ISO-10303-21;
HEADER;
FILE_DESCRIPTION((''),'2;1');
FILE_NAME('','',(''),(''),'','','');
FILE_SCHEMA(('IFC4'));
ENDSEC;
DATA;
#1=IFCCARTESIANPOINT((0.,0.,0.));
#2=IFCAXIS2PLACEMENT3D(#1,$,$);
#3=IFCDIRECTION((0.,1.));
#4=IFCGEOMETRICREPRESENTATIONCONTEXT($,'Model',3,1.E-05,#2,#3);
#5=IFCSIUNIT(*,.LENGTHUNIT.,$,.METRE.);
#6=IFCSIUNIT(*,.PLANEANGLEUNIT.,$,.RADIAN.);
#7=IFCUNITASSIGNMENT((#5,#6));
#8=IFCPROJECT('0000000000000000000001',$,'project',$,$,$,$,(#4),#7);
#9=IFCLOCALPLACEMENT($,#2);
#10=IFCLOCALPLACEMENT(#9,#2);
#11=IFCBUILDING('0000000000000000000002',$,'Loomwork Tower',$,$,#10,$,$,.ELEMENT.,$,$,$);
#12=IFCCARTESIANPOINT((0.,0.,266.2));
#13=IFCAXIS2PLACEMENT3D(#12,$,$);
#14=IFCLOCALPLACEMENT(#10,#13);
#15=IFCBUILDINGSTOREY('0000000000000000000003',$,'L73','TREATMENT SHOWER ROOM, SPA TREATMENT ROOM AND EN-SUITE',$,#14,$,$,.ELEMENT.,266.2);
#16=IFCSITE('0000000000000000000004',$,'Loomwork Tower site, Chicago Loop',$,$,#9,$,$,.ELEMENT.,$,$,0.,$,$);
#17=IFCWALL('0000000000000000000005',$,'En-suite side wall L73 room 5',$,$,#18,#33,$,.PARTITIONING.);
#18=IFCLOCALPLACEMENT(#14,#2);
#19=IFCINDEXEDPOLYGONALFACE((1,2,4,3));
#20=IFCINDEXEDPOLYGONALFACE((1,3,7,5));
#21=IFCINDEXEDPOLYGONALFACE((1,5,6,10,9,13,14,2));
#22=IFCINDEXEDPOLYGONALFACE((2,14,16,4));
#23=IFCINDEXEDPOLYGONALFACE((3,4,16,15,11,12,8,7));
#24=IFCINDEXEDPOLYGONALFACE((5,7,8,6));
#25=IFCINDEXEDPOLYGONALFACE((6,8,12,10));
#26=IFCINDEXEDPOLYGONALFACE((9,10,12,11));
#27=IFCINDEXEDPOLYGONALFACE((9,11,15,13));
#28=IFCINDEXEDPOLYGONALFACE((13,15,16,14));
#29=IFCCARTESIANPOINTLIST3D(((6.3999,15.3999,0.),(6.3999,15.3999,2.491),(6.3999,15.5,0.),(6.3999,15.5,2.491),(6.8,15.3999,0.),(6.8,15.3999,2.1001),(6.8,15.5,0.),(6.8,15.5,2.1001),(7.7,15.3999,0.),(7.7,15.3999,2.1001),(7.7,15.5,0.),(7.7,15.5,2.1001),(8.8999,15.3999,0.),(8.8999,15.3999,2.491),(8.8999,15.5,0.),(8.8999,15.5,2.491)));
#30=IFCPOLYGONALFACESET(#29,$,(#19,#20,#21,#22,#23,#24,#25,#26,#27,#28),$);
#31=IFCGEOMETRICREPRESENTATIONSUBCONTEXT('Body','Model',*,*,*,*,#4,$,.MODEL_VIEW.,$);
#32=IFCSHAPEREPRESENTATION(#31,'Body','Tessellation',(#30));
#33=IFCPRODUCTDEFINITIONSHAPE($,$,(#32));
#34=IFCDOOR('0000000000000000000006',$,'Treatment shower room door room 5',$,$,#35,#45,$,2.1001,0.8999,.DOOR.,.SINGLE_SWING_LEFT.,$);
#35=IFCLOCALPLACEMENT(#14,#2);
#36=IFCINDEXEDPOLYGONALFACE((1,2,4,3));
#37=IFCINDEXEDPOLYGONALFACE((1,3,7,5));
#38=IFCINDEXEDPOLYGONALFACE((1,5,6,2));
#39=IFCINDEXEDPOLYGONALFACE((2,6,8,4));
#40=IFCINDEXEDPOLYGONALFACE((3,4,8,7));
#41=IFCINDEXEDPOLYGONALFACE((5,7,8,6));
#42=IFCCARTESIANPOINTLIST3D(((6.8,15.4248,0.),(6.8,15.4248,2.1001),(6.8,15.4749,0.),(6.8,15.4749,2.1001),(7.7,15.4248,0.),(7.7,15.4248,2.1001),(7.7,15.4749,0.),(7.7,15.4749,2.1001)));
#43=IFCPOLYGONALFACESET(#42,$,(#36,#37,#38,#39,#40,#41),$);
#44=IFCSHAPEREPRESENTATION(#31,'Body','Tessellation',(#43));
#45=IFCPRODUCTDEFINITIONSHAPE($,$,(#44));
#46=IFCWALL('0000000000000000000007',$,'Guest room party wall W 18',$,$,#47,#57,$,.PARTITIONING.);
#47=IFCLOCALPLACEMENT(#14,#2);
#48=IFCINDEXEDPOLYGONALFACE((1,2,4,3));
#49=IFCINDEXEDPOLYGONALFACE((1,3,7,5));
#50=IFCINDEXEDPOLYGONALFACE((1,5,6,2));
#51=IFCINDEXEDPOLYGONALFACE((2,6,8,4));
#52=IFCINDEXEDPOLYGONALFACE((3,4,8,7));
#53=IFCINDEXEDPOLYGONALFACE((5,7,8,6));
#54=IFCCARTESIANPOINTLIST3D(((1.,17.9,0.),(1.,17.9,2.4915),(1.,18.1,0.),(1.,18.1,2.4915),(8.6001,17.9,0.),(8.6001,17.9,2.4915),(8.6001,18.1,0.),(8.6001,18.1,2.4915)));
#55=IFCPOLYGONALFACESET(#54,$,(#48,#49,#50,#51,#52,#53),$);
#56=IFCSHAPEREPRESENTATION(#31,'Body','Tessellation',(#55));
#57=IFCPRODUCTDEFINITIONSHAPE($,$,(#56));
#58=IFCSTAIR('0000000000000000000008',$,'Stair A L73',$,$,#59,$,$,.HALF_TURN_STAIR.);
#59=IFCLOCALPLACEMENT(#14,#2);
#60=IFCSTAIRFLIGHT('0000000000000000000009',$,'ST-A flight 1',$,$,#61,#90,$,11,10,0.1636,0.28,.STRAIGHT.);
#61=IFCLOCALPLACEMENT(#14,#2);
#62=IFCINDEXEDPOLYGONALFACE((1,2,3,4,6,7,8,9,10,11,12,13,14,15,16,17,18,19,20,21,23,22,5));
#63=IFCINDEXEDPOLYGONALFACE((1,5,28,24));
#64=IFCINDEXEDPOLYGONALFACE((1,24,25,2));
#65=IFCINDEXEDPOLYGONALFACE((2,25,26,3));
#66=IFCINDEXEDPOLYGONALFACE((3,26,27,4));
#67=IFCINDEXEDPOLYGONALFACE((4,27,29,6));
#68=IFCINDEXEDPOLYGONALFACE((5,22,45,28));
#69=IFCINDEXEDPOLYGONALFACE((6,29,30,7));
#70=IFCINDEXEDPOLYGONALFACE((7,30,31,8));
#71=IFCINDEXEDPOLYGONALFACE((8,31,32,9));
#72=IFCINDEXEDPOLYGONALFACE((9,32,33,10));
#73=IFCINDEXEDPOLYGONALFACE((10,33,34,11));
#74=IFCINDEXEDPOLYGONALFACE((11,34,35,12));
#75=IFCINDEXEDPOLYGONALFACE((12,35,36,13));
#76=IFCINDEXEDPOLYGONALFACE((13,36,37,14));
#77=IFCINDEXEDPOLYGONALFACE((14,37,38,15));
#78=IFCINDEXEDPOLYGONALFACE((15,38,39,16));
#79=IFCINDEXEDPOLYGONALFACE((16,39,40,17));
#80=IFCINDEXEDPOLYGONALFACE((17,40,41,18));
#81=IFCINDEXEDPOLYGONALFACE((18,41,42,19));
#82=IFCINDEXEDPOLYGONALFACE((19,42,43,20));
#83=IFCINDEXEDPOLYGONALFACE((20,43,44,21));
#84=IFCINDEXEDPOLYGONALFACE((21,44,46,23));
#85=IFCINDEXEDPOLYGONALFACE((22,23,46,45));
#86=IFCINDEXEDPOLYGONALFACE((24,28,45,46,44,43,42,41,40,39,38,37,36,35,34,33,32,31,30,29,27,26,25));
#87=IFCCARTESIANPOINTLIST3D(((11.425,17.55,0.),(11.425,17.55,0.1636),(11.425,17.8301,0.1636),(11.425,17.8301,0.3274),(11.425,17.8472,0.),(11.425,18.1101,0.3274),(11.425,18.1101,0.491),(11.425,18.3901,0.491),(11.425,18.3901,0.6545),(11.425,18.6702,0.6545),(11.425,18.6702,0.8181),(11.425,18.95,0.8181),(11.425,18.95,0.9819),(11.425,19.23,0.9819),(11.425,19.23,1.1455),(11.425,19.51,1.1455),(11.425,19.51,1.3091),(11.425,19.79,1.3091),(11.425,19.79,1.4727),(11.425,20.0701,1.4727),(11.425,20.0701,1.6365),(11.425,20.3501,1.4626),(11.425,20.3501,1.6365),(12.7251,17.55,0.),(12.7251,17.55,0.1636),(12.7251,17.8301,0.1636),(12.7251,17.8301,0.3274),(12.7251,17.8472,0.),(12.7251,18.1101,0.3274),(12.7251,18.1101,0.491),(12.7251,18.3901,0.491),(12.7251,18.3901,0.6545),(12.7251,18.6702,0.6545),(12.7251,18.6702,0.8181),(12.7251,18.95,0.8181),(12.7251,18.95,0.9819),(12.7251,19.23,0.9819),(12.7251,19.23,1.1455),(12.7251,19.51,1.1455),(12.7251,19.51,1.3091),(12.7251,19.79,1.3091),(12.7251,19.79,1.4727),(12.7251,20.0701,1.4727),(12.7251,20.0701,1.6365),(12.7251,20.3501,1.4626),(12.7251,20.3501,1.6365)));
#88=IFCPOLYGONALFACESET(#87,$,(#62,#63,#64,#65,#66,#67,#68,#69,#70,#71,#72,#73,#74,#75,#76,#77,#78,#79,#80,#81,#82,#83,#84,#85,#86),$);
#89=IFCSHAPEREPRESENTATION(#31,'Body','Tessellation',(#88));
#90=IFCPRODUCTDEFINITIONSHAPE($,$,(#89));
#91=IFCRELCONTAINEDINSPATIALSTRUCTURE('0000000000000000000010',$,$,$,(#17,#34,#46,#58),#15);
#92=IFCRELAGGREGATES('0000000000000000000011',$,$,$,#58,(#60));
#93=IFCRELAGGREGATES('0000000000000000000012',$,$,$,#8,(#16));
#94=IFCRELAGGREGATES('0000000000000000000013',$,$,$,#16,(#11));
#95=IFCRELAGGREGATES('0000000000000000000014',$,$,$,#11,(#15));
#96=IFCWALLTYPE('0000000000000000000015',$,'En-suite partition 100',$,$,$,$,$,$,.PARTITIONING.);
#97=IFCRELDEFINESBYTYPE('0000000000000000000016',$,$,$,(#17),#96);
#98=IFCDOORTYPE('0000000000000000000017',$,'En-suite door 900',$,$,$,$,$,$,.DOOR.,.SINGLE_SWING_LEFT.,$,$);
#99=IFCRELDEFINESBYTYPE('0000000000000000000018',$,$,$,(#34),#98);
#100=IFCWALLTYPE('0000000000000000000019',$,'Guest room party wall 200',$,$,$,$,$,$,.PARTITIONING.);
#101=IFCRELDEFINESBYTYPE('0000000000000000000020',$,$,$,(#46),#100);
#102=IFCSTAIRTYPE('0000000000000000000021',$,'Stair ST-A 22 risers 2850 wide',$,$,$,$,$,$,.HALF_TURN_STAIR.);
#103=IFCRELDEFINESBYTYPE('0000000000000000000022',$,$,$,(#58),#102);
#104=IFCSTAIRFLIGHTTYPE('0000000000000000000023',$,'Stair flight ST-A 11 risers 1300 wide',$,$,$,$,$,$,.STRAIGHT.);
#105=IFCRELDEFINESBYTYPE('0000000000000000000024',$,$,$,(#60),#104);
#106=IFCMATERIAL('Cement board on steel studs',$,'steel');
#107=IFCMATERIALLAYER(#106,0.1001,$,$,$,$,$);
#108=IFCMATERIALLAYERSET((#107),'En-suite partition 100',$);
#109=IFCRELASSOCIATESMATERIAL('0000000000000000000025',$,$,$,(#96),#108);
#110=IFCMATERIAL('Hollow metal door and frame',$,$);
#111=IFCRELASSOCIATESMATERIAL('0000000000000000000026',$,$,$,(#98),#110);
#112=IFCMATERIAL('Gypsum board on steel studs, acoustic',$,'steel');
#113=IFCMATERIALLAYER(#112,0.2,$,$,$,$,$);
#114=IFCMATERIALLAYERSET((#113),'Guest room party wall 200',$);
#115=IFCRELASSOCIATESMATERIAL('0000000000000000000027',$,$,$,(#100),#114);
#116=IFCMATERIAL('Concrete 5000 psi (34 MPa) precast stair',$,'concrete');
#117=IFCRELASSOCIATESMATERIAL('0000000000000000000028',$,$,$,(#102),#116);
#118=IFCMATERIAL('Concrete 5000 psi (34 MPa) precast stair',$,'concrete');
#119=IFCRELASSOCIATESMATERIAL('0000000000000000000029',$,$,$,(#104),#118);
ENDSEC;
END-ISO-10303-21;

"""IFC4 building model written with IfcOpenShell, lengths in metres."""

from ifc_helpers import new_model, si_unit, direction, frame, frame_2d, origin, place, context, subcontext, project, spatial, polyline, rectangle, outline, extrude, material, layer, layer_set, type_object, element, fill, aggregate, save


model = new_model("IFC4")

# Units and contexts
model_context = context("Model", 3, precision=1e-05, world=origin(), true_north=direction((0.0, 1.0)))
body_context = subcontext(model_context, "Body", "Model", "MODEL_VIEW")
ifc_project = project(units=[si_unit("LENGTHUNIT", "METRE"), si_unit("PLANEANGLEUNIT", "RADIAN")], contexts=[model_context])

# Site, building, storey
site_placement = place(None, origin())
site = spatial("IfcSite", under=ifc_project, at=site_placement, Name="Loomwork Tower site, Chicago Loop", CompositionType="ELEMENT", RefElevation=0.0)
building_placement = place(site_placement, origin())
building = spatial("IfcBuilding", under=site, at=building_placement, Name="Loomwork Tower", CompositionType="ELEMENT")
storey_placement = place(building_placement, frame((0.0, 0.0, 266.2)))
storey = spatial("IfcBuildingStorey", under=building, at=storey_placement, Name="L73", Description="TREATMENT SHOWER ROOM, SPA TREATMENT ROOM AND EN-SUITE", CompositionType="ELEMENT", Elevation=266.2)

# Wall, opening, door
ifc_material_1 = material(Name="Cement board on steel studs", Category="steel")
ifc_layer_1 = layer(ifc_material_1, 0.1001)
ifc_layer_set_1 = layer_set([ifc_layer_1], Name="En-suite partition 100")
wall_type_1 = type_object("IfcWallType", Name="En-suite partition 100", PredefinedType="PARTITIONING", material=ifc_layer_set_1)
wall_1_placement = place(storey_placement, frame((8.8999, 15.45, 0.0), z_axis=(0.0, 0.0, 1.0), x_axis=(-1.0, 0.0, 0.0)))
wall_1 = element("IfcWall", 1, at=wall_1_placement, inside=storey, type_object=wall_type_1, Name="En-suite side wall L73 room 5", PredefinedType="PARTITIONING", context=body_context, shape_type="SweptSolid", body=[
    extrude(rectangle(XDim=2.5, YDim=0.1001, at=frame_2d((1.25, 0.0))), origin(), (0.0, 0.0, 1.0), 2.491),
])
opening_1_placement = place(wall_1_placement, frame((1.2, 0.0, 0.0)))
opening_1 = element("IfcOpeningElement", 2, at=opening_1_placement, cuts=wall_1, PredefinedType="OPENING", context=body_context, shape_type="SweptSolid", body=[
    extrude(rectangle(XDim=0.8999, YDim=2.1001, at=frame_2d((0.45, 1.05))), frame((0.0, 0.0601, 0.0), z_axis=(0.0, -1.0, 0.0), x_axis=(1.0, 0.0, 0.0)), (0.0, 0.0, 1.0), 0.1201),
])
ifc_material_2 = material(Name="Hollow metal door and frame")
door_type_1 = type_object("IfcDoorType", Name="En-suite door 900", OperationType="SINGLE_SWING_LEFT", PredefinedType="DOOR", material=ifc_material_2)
door_1_placement = place(opening_1_placement, frame((0.8999, 0.0, 0.0), z_axis=(0.0, 0.0, 1.0), x_axis=(-1.0, 0.0, 0.0)))
door_1 = element("IfcDoor", 3, at=door_1_placement, inside=storey, type_object=door_type_1, Name="Treatment shower room door room 5", OperationType="SINGLE_SWING_LEFT", OverallHeight=2.1001, OverallWidth=0.8999, PredefinedType="DOOR", context=body_context, shape_type="SweptSolid", body=[
    extrude(rectangle(XDim=0.8999, YDim=2.1001, at=frame_2d((0.45, 1.05))), frame((0.0, 0.0249, 0.0), z_axis=(0.0, -1.0, 0.0), x_axis=(1.0, 0.0, 0.0)), (0.0, 0.0, 1.0), 0.05),
])
fill(opening_1, door_1)

# Wall
ifc_material_3 = material(Name="Gypsum board on steel studs, acoustic", Category="steel")
ifc_layer_2 = layer(ifc_material_3, 0.2)
ifc_layer_set_2 = layer_set([ifc_layer_2], Name="Guest room party wall 200")
wall_type_2 = type_object("IfcWallType", Name="Guest room party wall 200", PredefinedType="PARTITIONING", material=ifc_layer_set_2)
wall_2_placement = place(storey_placement, frame((8.6001, 18.0, 0.0), z_axis=(0.0, 0.0, 1.0), x_axis=(-1.0, 0.0, 0.0)))
element("IfcWall", 4, at=wall_2_placement, inside=storey, type_object=wall_type_2, Name="Guest room party wall W 18", PredefinedType="PARTITIONING", context=body_context, shape_type="SweptSolid", body=[
    extrude(rectangle(XDim=7.6001, YDim=0.2, at=frame_2d((3.8, 0.0))), origin(), (0.0, 0.0, 1.0), 2.4915),
])

# Stair, stair flight
ifc_material_4 = material(Name="Concrete 5000 psi (34 MPa) precast stair", Category="concrete")
stair_type = type_object("IfcStairType", Name="Stair ST-A 22 risers 2850 wide", PredefinedType="HALF_TURN_STAIR", material=ifc_material_4)
stair_placement = place(storey_placement, origin())
stair = element("IfcStair", 5, at=stair_placement, inside=storey, type_object=stair_type, Name="Stair A L73", PredefinedType="HALF_TURN_STAIR")
ifc_material_5 = material(Name="Concrete 5000 psi (34 MPa) precast stair", Category="concrete")
stair_flight_type = type_object("IfcStairFlightType", Name="Stair flight ST-A 11 risers 1300 wide", PredefinedType="STRAIGHT", material=ifc_material_5)
stair_flight_placement = place(storey_placement, frame((12.075, 17.55, 0.0), z_axis=(0.0, 0.0, 1.0), x_axis=(0.0, 1.0, 0.0)))
stair_flight = element("IfcStairFlight", 6, at=stair_flight_placement, type_object=stair_flight_type, Name="ST-A flight 1", NumberOfRisers=11, NumberOfTreads=10, PredefinedType="STRAIGHT", RiserHeight=0.1636, TreadLength=0.28, context=body_context, shape_type="SweptSolid", body=[
    extrude(outline(polyline([(0.0, 0.0), (0.0, 0.1636), (0.28, 0.1636), (0.28, 0.3274), (0.5601, 0.3274), (0.5601, 0.491), (0.8401, 0.491), (0.8401, 0.6545), (1.1201, 0.6545), (1.1201, 0.8181), (1.3999, 0.8181), (1.3999, 0.9819), (1.6799, 0.9819), (1.6799, 1.1455), (1.96, 1.1455), (1.96, 1.3091), (2.24, 1.3091), (2.24, 1.4727), (2.52, 1.4727), (2.52, 1.6365), (2.8, 1.6365), (2.8, 1.8), (2.8, 1.4626), (0.2971, 0.0), (0.0, 0.0)])), frame((0.0, 0.6499, 0.0), z_axis=(0.0, -1.0, 0.0), x_axis=(1.0, 0.0, 0.0)), (0.0, 0.0, 1.0), 1.3),
])
aggregate(stair, [stair_flight])

save(model, "model.ifc")
